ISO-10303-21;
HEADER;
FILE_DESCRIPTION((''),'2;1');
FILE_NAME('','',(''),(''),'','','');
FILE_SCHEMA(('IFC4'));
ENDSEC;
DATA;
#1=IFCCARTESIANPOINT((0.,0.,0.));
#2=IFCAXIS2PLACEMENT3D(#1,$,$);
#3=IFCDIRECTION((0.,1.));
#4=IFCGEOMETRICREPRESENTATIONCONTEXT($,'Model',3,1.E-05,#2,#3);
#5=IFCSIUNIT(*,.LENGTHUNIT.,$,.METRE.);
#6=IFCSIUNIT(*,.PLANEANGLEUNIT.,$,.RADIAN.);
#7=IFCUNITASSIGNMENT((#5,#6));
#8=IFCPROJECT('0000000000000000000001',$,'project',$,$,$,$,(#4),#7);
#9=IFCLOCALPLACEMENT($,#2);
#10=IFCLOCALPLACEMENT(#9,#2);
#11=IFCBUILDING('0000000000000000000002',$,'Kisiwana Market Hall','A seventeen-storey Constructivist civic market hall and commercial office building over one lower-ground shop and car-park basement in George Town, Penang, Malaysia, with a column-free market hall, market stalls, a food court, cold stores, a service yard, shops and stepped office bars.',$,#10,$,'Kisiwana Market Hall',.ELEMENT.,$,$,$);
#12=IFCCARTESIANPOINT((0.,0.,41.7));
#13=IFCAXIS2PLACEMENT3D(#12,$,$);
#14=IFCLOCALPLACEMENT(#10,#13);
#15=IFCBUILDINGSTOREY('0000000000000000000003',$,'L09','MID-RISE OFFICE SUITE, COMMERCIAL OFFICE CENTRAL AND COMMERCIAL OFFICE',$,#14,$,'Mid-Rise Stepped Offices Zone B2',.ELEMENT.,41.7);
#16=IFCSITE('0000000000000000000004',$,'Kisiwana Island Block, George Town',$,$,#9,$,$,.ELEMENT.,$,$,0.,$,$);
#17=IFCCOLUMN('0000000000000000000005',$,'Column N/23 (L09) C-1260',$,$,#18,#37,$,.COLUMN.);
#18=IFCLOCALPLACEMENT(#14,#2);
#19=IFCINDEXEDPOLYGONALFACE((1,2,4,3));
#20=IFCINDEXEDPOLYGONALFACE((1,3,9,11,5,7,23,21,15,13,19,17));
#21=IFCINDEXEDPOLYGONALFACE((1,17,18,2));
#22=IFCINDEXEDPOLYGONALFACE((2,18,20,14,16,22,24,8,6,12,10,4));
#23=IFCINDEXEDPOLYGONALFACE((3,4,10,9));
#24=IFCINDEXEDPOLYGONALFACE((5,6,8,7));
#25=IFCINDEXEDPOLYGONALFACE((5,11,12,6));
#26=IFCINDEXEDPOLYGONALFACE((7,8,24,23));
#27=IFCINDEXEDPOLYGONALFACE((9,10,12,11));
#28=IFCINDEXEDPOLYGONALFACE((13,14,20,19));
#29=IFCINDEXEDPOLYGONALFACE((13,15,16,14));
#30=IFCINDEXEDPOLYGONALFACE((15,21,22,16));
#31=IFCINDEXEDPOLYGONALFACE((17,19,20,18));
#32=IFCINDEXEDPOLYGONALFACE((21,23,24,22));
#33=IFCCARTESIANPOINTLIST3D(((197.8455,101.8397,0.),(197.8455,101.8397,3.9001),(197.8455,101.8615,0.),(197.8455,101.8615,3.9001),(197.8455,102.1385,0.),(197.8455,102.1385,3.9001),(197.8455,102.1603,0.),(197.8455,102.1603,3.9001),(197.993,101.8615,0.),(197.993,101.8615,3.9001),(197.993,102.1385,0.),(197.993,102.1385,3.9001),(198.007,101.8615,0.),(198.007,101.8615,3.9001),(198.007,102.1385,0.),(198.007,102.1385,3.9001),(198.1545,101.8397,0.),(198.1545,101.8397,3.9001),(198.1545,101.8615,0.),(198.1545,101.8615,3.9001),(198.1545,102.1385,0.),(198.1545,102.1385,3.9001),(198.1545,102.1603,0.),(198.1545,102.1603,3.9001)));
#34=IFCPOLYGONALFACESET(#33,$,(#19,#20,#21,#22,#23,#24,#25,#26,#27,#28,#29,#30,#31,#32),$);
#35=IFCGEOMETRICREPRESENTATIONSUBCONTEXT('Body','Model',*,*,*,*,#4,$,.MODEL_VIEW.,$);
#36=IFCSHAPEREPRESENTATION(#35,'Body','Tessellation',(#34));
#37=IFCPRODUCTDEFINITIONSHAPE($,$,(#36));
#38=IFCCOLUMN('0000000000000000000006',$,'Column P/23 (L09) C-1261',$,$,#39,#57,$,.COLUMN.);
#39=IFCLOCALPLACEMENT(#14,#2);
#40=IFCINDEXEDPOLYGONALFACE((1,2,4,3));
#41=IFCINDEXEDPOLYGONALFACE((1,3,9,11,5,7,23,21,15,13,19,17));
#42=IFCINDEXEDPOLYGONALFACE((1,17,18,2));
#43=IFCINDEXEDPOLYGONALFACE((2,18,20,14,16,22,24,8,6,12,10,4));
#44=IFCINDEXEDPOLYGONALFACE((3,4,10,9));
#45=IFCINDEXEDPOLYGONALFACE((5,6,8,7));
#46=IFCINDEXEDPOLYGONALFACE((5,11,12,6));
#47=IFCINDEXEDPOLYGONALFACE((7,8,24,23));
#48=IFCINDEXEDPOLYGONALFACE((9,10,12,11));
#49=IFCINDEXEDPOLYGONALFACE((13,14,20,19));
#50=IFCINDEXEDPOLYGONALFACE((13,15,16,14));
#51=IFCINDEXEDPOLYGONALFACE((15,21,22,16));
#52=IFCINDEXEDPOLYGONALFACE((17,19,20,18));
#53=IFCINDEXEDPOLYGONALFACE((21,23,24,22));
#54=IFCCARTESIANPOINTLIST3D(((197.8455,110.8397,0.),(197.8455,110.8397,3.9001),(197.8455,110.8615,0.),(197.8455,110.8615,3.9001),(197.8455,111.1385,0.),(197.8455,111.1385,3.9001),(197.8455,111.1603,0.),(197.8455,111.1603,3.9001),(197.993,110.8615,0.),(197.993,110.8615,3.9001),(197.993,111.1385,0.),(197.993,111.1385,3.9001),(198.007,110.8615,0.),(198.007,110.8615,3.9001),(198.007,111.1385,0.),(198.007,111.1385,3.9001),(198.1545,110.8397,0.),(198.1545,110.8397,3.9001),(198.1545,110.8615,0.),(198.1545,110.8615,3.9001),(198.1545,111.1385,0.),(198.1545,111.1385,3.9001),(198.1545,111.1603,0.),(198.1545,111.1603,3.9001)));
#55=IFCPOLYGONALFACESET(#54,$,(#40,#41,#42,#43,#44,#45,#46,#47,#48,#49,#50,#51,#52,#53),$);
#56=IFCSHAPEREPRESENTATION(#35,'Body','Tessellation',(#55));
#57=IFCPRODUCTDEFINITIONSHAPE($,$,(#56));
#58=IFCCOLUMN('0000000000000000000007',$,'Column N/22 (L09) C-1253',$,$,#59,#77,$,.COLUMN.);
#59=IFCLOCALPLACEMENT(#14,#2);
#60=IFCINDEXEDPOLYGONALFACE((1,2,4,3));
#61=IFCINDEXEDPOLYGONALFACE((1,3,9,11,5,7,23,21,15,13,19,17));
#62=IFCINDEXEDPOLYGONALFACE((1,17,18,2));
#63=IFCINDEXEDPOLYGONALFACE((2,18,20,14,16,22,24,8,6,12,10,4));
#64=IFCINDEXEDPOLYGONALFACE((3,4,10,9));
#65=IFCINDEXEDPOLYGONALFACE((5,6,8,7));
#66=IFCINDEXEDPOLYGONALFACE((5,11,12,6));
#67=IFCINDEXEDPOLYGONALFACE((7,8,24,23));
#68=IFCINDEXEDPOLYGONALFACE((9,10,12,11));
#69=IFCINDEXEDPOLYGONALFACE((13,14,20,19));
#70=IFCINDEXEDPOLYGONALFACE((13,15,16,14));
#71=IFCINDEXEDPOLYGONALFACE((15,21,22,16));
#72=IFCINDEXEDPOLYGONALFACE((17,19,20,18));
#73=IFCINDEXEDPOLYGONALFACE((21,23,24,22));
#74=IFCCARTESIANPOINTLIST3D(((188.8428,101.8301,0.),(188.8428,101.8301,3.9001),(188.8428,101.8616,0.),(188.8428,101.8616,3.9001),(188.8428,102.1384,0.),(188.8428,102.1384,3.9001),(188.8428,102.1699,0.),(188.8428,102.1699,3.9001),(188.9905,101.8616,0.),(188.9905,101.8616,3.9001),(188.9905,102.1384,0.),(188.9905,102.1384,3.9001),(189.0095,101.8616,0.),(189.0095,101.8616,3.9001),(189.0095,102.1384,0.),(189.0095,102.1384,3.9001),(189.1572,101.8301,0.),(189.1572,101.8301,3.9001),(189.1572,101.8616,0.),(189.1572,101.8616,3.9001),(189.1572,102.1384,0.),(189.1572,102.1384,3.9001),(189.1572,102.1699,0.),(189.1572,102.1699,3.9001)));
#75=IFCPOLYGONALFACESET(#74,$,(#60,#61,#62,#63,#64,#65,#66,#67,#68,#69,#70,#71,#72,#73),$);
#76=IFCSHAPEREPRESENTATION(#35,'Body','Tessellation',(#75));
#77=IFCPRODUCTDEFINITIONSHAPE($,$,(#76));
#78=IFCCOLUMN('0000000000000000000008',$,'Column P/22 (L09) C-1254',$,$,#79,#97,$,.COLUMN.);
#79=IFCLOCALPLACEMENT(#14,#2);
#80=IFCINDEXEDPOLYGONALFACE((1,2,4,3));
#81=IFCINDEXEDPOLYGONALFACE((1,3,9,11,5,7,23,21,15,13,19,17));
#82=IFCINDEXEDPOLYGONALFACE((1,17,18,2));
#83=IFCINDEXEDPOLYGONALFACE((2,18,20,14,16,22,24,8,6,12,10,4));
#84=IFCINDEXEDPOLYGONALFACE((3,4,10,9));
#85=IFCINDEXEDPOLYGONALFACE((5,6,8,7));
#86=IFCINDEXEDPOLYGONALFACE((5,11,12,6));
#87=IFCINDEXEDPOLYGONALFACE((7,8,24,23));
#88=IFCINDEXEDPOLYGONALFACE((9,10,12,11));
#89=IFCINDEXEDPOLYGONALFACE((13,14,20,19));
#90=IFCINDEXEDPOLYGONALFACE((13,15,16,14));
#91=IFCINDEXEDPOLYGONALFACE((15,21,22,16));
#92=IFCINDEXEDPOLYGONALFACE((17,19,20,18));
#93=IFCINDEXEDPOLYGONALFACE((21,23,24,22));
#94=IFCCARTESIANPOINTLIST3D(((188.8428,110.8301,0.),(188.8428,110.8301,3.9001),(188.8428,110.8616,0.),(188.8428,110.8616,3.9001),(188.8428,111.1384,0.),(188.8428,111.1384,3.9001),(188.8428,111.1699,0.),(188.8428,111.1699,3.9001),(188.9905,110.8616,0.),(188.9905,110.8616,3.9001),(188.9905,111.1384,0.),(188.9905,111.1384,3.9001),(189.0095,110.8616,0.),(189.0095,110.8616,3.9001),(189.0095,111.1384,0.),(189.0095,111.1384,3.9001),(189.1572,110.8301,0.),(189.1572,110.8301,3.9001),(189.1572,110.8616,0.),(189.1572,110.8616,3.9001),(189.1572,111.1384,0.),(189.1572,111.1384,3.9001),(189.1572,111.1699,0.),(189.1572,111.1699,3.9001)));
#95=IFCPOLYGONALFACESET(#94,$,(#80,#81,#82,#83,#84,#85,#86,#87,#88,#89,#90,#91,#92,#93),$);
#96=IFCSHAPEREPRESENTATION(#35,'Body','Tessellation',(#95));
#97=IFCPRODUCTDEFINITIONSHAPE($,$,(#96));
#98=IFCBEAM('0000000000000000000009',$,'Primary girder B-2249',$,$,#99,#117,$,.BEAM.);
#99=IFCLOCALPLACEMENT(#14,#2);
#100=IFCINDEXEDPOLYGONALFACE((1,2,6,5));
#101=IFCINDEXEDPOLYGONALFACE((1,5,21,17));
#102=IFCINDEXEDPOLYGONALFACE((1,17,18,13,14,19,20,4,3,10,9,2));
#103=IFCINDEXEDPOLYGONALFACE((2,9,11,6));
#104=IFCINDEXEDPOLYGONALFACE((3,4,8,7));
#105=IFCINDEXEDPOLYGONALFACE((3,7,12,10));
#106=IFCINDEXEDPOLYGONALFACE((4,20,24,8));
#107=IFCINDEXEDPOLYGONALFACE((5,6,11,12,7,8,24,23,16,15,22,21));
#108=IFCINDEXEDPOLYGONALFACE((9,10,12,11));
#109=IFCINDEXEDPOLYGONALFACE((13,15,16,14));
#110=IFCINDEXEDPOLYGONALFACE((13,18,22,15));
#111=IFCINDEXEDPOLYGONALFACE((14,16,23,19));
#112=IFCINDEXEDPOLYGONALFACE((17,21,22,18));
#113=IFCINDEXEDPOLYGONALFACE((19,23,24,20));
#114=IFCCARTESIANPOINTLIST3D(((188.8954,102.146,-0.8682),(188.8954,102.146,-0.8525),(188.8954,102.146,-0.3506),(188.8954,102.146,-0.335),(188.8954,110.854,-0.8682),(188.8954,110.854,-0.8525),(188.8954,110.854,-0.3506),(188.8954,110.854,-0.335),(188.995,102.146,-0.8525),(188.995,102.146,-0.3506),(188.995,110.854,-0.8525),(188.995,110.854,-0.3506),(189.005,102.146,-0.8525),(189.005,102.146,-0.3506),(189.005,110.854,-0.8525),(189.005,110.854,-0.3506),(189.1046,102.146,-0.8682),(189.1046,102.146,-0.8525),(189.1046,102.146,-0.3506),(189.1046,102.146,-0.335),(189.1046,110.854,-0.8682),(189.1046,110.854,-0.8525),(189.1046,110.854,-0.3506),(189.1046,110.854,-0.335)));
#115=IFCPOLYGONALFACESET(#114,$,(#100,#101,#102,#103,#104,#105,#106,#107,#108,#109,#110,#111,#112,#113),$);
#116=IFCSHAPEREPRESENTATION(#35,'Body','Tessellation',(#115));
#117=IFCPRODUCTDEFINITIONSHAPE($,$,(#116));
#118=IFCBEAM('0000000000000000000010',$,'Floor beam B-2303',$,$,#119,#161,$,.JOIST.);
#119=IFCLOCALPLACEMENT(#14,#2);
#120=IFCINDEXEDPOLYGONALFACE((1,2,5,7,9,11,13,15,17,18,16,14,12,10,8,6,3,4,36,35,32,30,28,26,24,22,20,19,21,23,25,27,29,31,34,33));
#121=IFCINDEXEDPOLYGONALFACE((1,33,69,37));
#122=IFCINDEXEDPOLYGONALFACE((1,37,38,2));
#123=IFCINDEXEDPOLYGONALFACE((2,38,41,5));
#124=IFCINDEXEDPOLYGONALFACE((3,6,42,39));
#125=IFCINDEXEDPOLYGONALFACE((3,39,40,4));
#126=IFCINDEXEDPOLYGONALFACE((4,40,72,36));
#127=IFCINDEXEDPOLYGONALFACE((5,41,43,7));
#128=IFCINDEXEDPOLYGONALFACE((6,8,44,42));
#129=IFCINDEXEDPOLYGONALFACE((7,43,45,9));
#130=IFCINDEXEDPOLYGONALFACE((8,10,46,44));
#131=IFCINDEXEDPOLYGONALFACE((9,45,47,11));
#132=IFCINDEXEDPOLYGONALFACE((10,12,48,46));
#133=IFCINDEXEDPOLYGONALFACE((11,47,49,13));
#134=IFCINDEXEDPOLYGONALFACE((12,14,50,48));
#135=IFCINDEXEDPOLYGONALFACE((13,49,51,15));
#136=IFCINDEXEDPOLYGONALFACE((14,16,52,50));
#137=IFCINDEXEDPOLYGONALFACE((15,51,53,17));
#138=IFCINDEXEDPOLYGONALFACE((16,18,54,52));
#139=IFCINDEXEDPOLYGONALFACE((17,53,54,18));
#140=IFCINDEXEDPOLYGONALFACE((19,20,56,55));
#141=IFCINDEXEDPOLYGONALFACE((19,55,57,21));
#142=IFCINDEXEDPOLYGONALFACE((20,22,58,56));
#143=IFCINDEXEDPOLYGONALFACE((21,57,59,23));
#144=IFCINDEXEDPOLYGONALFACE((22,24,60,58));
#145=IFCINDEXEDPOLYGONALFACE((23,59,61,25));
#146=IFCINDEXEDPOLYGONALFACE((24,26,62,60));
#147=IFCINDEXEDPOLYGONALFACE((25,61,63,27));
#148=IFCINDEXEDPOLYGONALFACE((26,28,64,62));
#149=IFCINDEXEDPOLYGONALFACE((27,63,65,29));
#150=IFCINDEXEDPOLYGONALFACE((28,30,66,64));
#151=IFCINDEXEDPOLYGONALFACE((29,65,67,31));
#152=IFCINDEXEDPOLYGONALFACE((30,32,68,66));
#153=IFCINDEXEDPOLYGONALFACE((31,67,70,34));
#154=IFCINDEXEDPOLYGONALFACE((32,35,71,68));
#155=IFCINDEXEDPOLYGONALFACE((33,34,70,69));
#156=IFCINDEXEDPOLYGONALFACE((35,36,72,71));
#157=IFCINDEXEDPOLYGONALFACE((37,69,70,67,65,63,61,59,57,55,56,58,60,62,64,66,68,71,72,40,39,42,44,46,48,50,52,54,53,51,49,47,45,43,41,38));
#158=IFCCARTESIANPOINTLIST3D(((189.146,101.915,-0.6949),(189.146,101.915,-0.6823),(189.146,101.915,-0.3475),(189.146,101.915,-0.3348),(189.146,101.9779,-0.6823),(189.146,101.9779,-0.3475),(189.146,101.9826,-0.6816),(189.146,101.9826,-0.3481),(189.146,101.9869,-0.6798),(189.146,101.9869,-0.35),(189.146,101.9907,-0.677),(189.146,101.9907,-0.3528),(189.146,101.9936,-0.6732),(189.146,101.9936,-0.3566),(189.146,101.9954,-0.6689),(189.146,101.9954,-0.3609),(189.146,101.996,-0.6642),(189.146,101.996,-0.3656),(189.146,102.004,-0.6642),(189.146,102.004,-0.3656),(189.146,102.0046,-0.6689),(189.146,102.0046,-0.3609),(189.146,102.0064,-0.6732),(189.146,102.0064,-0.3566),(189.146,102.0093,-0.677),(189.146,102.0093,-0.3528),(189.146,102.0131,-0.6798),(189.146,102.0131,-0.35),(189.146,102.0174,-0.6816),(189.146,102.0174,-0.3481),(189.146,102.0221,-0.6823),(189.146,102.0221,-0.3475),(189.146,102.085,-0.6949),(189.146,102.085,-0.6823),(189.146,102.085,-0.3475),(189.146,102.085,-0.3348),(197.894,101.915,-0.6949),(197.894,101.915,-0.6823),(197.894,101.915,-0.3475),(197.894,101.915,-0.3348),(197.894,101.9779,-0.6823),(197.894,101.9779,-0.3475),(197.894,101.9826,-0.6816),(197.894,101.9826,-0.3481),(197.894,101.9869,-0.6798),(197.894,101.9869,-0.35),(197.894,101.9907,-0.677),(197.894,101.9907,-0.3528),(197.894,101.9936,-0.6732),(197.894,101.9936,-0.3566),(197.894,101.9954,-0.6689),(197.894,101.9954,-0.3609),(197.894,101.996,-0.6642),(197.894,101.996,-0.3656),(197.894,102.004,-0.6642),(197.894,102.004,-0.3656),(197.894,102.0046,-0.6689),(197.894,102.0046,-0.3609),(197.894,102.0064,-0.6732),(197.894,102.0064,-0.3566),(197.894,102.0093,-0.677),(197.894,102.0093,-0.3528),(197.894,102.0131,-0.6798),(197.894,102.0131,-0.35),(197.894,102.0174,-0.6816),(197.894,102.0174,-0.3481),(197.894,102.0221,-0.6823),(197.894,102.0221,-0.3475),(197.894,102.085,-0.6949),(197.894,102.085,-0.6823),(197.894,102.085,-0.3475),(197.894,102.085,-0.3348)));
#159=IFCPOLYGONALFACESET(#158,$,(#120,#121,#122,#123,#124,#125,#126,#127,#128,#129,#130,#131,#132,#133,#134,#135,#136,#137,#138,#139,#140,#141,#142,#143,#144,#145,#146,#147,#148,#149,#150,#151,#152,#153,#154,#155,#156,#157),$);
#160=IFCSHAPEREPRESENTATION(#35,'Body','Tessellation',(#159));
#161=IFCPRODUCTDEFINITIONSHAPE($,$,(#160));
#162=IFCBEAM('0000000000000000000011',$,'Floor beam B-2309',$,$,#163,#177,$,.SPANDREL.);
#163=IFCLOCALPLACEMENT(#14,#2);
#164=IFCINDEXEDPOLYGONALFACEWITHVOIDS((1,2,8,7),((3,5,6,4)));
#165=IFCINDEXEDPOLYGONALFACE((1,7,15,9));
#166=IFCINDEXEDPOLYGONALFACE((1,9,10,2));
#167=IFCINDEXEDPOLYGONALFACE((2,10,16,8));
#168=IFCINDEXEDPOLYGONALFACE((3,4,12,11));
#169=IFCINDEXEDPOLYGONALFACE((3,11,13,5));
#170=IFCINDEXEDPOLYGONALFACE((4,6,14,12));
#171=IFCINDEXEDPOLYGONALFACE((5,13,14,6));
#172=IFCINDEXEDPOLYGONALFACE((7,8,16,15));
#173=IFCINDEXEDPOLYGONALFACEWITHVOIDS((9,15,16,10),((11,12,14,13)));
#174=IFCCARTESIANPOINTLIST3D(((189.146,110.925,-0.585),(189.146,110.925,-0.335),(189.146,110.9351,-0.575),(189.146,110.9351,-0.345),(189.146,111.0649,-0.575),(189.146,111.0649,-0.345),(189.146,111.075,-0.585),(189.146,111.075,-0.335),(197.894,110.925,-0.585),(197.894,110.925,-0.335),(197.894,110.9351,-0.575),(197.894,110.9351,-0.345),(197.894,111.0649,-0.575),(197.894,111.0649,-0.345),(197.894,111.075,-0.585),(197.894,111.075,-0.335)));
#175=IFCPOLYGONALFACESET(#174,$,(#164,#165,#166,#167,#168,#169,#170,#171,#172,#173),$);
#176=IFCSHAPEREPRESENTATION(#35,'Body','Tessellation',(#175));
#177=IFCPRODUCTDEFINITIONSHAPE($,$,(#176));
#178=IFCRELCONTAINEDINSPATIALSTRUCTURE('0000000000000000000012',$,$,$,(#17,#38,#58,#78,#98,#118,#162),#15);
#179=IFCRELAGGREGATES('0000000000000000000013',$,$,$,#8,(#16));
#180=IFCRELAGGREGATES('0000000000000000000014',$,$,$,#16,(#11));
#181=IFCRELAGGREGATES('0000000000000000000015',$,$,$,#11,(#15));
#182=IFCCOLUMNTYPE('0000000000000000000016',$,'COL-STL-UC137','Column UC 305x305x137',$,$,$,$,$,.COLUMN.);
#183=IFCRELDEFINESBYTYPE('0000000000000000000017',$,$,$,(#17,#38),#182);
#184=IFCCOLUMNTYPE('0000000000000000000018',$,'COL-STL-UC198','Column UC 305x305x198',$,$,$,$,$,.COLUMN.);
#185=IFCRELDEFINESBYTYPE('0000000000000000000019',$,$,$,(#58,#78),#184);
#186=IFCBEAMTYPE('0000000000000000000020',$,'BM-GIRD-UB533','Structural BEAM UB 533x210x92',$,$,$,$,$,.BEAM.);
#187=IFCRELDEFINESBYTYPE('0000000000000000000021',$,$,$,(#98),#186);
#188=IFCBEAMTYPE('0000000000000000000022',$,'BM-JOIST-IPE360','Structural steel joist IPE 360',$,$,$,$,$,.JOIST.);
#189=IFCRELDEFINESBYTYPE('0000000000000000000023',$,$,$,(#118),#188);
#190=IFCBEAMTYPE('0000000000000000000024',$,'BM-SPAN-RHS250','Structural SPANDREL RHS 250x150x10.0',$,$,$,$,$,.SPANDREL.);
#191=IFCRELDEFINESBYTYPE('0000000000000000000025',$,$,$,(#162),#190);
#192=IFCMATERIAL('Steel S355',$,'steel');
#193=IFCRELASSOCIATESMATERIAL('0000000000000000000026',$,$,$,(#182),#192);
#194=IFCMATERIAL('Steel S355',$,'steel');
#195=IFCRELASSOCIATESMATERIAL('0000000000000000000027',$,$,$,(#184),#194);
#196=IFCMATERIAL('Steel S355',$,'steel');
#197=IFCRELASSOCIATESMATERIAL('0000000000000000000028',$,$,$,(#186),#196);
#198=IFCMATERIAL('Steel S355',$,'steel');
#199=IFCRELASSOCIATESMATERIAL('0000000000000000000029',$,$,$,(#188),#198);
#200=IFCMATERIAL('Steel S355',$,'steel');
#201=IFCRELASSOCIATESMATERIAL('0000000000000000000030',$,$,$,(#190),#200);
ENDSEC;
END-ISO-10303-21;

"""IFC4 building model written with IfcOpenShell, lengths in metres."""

from ifc_helpers import new_model, si_unit, direction, frame, origin, origin_2d, place, context, subcontext, project, spatial, hollow_rectangle, i_section, extrude, material, material_profile, profile_set, type_object, element, save


model = new_model("IFC4")

# Units and contexts
model_context = context("Model", 3, precision=1e-05, world=origin(), true_north=direction((0.0, 1.0)))
body_context = subcontext(model_context, "Body", "Model", "MODEL_VIEW")
ifc_project = project(units=[si_unit("LENGTHUNIT", "METRE"), si_unit("PLANEANGLEUNIT", "RADIAN")], contexts=[model_context])

# Site, building, storey
site_placement = place(None, origin())
site = spatial("IfcSite", under=ifc_project, at=site_placement, Name="Kisiwana Island Block, George Town", CompositionType="ELEMENT", RefElevation=0.0)
building_placement = place(site_placement, origin())
building = spatial("IfcBuilding", under=site, at=building_placement, Name="Kisiwana Market Hall", Description="A seventeen-storey Constructivist civic market hall and commercial office building over one lower-ground shop and car-park basement in George Town, Penang, Malaysia, with a column-free market hall, market stalls, a food court, cold stores, a service yard, shops and stepped office bars.", LongName="Kisiwana Market Hall", CompositionType="ELEMENT")
storey_placement = place(building_placement, frame((0.0, 0.0, 41.7)))
storey = spatial("IfcBuildingStorey", under=building, at=storey_placement, Name="L09", Description="MID-RISE OFFICE SUITE, COMMERCIAL OFFICE CENTRAL AND COMMERCIAL OFFICE", LongName="Mid-Rise Stepped Offices Zone B2", CompositionType="ELEMENT", Elevation=41.7)

# Columns
ifc_material_1 = material(Name="Steel S355", Category="steel")
ifc_material_profile_1 = material_profile(ifc_material_1, i_section(OverallWidth=0.3091, OverallDepth=0.3206, WebThickness=0.0139, FlangeThickness=0.0217, at=origin_2d()), Name="UC 305x305x137")
ifc_profile_set_1 = profile_set([ifc_material_profile_1], Name="Steel S355")
column_type_1 = type_object("IfcColumnType", Name="COL-STL-UC137", Description="Column UC 305x305x137", PredefinedType="COLUMN", material=ifc_profile_set_1)
for number, where, z_axis, x_axis, name in (
    (1, (198.0, 102.0, 0.0), (0.0, 0.0, 1.0), (1.0, 0.0, 0.0), "Column N/23 (L09) C-1260"),
    (2, (198.0, 111.0, 0.0), (0.0, 0.0, 1.0), (1.0, 0.0, 0.0), "Column P/23 (L09) C-1261"),
):
    element("IfcColumn", number, at=place(storey_placement, frame(where, z_axis=z_axis, x_axis=x_axis)), inside=storey, type_object=column_type_1, Name=name, PredefinedType="COLUMN", context=body_context, shape_type="SweptSolid", body=[
        extrude(i_section(OverallWidth=0.3091, OverallDepth=0.3206, WebThickness=0.0139, FlangeThickness=0.0217, at=origin_2d()), origin(), (0.0, 0.0, 1.0), 3.9001),
    ])
ifc_material_2 = material(Name="Steel S355", Category="steel")
ifc_material_profile_2 = material_profile(ifc_material_2, i_section(OverallWidth=0.3145, OverallDepth=0.3398, WebThickness=0.019, FlangeThickness=0.0315, at=origin_2d()), Name="UC 305x305x198")
ifc_profile_set_2 = profile_set([ifc_material_profile_2], Name="Steel S355")
column_type_2 = type_object("IfcColumnType", Name="COL-STL-UC198", Description="Column UC 305x305x198", PredefinedType="COLUMN", material=ifc_profile_set_2)
for number, where, z_axis, x_axis, name in (
    (3, (189.0, 102.0, 0.0), (0.0, 0.0, 1.0), (1.0, 0.0, 0.0), "Column N/22 (L09) C-1253"),
    (4, (189.0, 111.0, 0.0), (0.0, 0.0, 1.0), (1.0, 0.0, 0.0), "Column P/22 (L09) C-1254"),
):
    element("IfcColumn", number, at=place(storey_placement, frame(where, z_axis=z_axis, x_axis=x_axis)), inside=storey, type_object=column_type_2, Name=name, PredefinedType="COLUMN", context=body_context, shape_type="SweptSolid", body=[
        extrude(i_section(OverallWidth=0.3145, OverallDepth=0.3398, WebThickness=0.019, FlangeThickness=0.0315, at=origin_2d()), origin(), (0.0, 0.0, 1.0), 3.9001),
    ])

# Beams
ifc_material_3 = material(Name="Steel S355", Category="steel")
ifc_material_profile_3 = material_profile(ifc_material_3, i_section(OverallWidth=0.2092, OverallDepth=0.5332, WebThickness=0.01, FlangeThickness=0.0156, at=origin_2d()), Name="UB 533x210x92")
ifc_profile_set_3 = profile_set([ifc_material_profile_3], Name="Steel S355")
beam_type_1 = type_object("IfcBeamType", Name="BM-GIRD-UB533", Description="Structural BEAM UB 533x210x92", PredefinedType="BEAM", material=ifc_profile_set_3)
beam_1_placement = place(storey_placement, frame((189.0, 102.146, -0.6016), z_axis=(0.0, 1.0, 0.0), x_axis=(-1.0, 0.0, 0.0)))
element("IfcBeam", 5, at=beam_1_placement, inside=storey, type_object=beam_type_1, Name="Primary girder B-2249", PredefinedType="BEAM", context=body_context, shape_type="SweptSolid", body=[
    extrude(i_section(OverallWidth=0.2092, OverallDepth=0.5332, WebThickness=0.01, FlangeThickness=0.0156, at=origin_2d()), origin(), (0.0, 0.0, 1.0), 8.708),
])
ifc_material_4 = material(Name="Steel S355", Category="steel")
ifc_material_profile_4 = material_profile(ifc_material_4, i_section(OverallWidth=0.1699, OverallDepth=0.3601, WebThickness=0.0081, FlangeThickness=0.0127, FilletRadius=0.0181, at=origin_2d()), Name="IPE 360")
ifc_profile_set_4 = profile_set([ifc_material_profile_4], Name="Steel S355")
beam_type_2 = type_object("IfcBeamType", Name="BM-JOIST-IPE360", Description="Structural steel joist IPE 360", PredefinedType="JOIST", material=ifc_profile_set_4)
beam_2_placement = place(storey_placement, frame((189.146, 102.0, -0.5149), z_axis=(1.0, 0.0, 0.0), x_axis=(0.0, 1.0, 0.0)))
element("IfcBeam", 6, at=beam_2_placement, inside=storey, type_object=beam_type_2, Name="Floor beam B-2303", PredefinedType="JOIST", context=body_context, shape_type="SweptSolid", body=[
    extrude(i_section(OverallWidth=0.1699, OverallDepth=0.3601, WebThickness=0.0081, FlangeThickness=0.0127, FilletRadius=0.0181, at=origin_2d()), origin(), (0.0, 0.0, 1.0), 8.748),
])
ifc_material_5 = material(Name="Steel S355", Category="steel")
ifc_material_profile_5 = material_profile(ifc_material_5, hollow_rectangle(XDim=0.1499, YDim=0.25, WallThickness=0.01, at=origin_2d()), Name="RHS 250x150x10.0")
ifc_profile_set_5 = profile_set([ifc_material_profile_5], Name="Steel S355")
beam_type_3 = type_object("IfcBeamType", Name="BM-SPAN-RHS250", Description="Structural SPANDREL RHS 250x150x10.0", PredefinedType="SPANDREL", material=ifc_profile_set_5)
beam_3_placement = place(storey_placement, frame((189.146, 111.0, -0.46), z_axis=(1.0, 0.0, 0.0), x_axis=(0.0, 1.0, 0.0)))
element("IfcBeam", 7, at=beam_3_placement, inside=storey, type_object=beam_type_3, Name="Floor beam B-2309", PredefinedType="SPANDREL", context=body_context, shape_type="SweptSolid", body=[
    extrude(hollow_rectangle(XDim=0.1499, YDim=0.25, WallThickness=0.01, at=origin_2d()), origin(), (0.0, 0.0, 1.0), 8.748),
])

save(model, "model.ifc")
